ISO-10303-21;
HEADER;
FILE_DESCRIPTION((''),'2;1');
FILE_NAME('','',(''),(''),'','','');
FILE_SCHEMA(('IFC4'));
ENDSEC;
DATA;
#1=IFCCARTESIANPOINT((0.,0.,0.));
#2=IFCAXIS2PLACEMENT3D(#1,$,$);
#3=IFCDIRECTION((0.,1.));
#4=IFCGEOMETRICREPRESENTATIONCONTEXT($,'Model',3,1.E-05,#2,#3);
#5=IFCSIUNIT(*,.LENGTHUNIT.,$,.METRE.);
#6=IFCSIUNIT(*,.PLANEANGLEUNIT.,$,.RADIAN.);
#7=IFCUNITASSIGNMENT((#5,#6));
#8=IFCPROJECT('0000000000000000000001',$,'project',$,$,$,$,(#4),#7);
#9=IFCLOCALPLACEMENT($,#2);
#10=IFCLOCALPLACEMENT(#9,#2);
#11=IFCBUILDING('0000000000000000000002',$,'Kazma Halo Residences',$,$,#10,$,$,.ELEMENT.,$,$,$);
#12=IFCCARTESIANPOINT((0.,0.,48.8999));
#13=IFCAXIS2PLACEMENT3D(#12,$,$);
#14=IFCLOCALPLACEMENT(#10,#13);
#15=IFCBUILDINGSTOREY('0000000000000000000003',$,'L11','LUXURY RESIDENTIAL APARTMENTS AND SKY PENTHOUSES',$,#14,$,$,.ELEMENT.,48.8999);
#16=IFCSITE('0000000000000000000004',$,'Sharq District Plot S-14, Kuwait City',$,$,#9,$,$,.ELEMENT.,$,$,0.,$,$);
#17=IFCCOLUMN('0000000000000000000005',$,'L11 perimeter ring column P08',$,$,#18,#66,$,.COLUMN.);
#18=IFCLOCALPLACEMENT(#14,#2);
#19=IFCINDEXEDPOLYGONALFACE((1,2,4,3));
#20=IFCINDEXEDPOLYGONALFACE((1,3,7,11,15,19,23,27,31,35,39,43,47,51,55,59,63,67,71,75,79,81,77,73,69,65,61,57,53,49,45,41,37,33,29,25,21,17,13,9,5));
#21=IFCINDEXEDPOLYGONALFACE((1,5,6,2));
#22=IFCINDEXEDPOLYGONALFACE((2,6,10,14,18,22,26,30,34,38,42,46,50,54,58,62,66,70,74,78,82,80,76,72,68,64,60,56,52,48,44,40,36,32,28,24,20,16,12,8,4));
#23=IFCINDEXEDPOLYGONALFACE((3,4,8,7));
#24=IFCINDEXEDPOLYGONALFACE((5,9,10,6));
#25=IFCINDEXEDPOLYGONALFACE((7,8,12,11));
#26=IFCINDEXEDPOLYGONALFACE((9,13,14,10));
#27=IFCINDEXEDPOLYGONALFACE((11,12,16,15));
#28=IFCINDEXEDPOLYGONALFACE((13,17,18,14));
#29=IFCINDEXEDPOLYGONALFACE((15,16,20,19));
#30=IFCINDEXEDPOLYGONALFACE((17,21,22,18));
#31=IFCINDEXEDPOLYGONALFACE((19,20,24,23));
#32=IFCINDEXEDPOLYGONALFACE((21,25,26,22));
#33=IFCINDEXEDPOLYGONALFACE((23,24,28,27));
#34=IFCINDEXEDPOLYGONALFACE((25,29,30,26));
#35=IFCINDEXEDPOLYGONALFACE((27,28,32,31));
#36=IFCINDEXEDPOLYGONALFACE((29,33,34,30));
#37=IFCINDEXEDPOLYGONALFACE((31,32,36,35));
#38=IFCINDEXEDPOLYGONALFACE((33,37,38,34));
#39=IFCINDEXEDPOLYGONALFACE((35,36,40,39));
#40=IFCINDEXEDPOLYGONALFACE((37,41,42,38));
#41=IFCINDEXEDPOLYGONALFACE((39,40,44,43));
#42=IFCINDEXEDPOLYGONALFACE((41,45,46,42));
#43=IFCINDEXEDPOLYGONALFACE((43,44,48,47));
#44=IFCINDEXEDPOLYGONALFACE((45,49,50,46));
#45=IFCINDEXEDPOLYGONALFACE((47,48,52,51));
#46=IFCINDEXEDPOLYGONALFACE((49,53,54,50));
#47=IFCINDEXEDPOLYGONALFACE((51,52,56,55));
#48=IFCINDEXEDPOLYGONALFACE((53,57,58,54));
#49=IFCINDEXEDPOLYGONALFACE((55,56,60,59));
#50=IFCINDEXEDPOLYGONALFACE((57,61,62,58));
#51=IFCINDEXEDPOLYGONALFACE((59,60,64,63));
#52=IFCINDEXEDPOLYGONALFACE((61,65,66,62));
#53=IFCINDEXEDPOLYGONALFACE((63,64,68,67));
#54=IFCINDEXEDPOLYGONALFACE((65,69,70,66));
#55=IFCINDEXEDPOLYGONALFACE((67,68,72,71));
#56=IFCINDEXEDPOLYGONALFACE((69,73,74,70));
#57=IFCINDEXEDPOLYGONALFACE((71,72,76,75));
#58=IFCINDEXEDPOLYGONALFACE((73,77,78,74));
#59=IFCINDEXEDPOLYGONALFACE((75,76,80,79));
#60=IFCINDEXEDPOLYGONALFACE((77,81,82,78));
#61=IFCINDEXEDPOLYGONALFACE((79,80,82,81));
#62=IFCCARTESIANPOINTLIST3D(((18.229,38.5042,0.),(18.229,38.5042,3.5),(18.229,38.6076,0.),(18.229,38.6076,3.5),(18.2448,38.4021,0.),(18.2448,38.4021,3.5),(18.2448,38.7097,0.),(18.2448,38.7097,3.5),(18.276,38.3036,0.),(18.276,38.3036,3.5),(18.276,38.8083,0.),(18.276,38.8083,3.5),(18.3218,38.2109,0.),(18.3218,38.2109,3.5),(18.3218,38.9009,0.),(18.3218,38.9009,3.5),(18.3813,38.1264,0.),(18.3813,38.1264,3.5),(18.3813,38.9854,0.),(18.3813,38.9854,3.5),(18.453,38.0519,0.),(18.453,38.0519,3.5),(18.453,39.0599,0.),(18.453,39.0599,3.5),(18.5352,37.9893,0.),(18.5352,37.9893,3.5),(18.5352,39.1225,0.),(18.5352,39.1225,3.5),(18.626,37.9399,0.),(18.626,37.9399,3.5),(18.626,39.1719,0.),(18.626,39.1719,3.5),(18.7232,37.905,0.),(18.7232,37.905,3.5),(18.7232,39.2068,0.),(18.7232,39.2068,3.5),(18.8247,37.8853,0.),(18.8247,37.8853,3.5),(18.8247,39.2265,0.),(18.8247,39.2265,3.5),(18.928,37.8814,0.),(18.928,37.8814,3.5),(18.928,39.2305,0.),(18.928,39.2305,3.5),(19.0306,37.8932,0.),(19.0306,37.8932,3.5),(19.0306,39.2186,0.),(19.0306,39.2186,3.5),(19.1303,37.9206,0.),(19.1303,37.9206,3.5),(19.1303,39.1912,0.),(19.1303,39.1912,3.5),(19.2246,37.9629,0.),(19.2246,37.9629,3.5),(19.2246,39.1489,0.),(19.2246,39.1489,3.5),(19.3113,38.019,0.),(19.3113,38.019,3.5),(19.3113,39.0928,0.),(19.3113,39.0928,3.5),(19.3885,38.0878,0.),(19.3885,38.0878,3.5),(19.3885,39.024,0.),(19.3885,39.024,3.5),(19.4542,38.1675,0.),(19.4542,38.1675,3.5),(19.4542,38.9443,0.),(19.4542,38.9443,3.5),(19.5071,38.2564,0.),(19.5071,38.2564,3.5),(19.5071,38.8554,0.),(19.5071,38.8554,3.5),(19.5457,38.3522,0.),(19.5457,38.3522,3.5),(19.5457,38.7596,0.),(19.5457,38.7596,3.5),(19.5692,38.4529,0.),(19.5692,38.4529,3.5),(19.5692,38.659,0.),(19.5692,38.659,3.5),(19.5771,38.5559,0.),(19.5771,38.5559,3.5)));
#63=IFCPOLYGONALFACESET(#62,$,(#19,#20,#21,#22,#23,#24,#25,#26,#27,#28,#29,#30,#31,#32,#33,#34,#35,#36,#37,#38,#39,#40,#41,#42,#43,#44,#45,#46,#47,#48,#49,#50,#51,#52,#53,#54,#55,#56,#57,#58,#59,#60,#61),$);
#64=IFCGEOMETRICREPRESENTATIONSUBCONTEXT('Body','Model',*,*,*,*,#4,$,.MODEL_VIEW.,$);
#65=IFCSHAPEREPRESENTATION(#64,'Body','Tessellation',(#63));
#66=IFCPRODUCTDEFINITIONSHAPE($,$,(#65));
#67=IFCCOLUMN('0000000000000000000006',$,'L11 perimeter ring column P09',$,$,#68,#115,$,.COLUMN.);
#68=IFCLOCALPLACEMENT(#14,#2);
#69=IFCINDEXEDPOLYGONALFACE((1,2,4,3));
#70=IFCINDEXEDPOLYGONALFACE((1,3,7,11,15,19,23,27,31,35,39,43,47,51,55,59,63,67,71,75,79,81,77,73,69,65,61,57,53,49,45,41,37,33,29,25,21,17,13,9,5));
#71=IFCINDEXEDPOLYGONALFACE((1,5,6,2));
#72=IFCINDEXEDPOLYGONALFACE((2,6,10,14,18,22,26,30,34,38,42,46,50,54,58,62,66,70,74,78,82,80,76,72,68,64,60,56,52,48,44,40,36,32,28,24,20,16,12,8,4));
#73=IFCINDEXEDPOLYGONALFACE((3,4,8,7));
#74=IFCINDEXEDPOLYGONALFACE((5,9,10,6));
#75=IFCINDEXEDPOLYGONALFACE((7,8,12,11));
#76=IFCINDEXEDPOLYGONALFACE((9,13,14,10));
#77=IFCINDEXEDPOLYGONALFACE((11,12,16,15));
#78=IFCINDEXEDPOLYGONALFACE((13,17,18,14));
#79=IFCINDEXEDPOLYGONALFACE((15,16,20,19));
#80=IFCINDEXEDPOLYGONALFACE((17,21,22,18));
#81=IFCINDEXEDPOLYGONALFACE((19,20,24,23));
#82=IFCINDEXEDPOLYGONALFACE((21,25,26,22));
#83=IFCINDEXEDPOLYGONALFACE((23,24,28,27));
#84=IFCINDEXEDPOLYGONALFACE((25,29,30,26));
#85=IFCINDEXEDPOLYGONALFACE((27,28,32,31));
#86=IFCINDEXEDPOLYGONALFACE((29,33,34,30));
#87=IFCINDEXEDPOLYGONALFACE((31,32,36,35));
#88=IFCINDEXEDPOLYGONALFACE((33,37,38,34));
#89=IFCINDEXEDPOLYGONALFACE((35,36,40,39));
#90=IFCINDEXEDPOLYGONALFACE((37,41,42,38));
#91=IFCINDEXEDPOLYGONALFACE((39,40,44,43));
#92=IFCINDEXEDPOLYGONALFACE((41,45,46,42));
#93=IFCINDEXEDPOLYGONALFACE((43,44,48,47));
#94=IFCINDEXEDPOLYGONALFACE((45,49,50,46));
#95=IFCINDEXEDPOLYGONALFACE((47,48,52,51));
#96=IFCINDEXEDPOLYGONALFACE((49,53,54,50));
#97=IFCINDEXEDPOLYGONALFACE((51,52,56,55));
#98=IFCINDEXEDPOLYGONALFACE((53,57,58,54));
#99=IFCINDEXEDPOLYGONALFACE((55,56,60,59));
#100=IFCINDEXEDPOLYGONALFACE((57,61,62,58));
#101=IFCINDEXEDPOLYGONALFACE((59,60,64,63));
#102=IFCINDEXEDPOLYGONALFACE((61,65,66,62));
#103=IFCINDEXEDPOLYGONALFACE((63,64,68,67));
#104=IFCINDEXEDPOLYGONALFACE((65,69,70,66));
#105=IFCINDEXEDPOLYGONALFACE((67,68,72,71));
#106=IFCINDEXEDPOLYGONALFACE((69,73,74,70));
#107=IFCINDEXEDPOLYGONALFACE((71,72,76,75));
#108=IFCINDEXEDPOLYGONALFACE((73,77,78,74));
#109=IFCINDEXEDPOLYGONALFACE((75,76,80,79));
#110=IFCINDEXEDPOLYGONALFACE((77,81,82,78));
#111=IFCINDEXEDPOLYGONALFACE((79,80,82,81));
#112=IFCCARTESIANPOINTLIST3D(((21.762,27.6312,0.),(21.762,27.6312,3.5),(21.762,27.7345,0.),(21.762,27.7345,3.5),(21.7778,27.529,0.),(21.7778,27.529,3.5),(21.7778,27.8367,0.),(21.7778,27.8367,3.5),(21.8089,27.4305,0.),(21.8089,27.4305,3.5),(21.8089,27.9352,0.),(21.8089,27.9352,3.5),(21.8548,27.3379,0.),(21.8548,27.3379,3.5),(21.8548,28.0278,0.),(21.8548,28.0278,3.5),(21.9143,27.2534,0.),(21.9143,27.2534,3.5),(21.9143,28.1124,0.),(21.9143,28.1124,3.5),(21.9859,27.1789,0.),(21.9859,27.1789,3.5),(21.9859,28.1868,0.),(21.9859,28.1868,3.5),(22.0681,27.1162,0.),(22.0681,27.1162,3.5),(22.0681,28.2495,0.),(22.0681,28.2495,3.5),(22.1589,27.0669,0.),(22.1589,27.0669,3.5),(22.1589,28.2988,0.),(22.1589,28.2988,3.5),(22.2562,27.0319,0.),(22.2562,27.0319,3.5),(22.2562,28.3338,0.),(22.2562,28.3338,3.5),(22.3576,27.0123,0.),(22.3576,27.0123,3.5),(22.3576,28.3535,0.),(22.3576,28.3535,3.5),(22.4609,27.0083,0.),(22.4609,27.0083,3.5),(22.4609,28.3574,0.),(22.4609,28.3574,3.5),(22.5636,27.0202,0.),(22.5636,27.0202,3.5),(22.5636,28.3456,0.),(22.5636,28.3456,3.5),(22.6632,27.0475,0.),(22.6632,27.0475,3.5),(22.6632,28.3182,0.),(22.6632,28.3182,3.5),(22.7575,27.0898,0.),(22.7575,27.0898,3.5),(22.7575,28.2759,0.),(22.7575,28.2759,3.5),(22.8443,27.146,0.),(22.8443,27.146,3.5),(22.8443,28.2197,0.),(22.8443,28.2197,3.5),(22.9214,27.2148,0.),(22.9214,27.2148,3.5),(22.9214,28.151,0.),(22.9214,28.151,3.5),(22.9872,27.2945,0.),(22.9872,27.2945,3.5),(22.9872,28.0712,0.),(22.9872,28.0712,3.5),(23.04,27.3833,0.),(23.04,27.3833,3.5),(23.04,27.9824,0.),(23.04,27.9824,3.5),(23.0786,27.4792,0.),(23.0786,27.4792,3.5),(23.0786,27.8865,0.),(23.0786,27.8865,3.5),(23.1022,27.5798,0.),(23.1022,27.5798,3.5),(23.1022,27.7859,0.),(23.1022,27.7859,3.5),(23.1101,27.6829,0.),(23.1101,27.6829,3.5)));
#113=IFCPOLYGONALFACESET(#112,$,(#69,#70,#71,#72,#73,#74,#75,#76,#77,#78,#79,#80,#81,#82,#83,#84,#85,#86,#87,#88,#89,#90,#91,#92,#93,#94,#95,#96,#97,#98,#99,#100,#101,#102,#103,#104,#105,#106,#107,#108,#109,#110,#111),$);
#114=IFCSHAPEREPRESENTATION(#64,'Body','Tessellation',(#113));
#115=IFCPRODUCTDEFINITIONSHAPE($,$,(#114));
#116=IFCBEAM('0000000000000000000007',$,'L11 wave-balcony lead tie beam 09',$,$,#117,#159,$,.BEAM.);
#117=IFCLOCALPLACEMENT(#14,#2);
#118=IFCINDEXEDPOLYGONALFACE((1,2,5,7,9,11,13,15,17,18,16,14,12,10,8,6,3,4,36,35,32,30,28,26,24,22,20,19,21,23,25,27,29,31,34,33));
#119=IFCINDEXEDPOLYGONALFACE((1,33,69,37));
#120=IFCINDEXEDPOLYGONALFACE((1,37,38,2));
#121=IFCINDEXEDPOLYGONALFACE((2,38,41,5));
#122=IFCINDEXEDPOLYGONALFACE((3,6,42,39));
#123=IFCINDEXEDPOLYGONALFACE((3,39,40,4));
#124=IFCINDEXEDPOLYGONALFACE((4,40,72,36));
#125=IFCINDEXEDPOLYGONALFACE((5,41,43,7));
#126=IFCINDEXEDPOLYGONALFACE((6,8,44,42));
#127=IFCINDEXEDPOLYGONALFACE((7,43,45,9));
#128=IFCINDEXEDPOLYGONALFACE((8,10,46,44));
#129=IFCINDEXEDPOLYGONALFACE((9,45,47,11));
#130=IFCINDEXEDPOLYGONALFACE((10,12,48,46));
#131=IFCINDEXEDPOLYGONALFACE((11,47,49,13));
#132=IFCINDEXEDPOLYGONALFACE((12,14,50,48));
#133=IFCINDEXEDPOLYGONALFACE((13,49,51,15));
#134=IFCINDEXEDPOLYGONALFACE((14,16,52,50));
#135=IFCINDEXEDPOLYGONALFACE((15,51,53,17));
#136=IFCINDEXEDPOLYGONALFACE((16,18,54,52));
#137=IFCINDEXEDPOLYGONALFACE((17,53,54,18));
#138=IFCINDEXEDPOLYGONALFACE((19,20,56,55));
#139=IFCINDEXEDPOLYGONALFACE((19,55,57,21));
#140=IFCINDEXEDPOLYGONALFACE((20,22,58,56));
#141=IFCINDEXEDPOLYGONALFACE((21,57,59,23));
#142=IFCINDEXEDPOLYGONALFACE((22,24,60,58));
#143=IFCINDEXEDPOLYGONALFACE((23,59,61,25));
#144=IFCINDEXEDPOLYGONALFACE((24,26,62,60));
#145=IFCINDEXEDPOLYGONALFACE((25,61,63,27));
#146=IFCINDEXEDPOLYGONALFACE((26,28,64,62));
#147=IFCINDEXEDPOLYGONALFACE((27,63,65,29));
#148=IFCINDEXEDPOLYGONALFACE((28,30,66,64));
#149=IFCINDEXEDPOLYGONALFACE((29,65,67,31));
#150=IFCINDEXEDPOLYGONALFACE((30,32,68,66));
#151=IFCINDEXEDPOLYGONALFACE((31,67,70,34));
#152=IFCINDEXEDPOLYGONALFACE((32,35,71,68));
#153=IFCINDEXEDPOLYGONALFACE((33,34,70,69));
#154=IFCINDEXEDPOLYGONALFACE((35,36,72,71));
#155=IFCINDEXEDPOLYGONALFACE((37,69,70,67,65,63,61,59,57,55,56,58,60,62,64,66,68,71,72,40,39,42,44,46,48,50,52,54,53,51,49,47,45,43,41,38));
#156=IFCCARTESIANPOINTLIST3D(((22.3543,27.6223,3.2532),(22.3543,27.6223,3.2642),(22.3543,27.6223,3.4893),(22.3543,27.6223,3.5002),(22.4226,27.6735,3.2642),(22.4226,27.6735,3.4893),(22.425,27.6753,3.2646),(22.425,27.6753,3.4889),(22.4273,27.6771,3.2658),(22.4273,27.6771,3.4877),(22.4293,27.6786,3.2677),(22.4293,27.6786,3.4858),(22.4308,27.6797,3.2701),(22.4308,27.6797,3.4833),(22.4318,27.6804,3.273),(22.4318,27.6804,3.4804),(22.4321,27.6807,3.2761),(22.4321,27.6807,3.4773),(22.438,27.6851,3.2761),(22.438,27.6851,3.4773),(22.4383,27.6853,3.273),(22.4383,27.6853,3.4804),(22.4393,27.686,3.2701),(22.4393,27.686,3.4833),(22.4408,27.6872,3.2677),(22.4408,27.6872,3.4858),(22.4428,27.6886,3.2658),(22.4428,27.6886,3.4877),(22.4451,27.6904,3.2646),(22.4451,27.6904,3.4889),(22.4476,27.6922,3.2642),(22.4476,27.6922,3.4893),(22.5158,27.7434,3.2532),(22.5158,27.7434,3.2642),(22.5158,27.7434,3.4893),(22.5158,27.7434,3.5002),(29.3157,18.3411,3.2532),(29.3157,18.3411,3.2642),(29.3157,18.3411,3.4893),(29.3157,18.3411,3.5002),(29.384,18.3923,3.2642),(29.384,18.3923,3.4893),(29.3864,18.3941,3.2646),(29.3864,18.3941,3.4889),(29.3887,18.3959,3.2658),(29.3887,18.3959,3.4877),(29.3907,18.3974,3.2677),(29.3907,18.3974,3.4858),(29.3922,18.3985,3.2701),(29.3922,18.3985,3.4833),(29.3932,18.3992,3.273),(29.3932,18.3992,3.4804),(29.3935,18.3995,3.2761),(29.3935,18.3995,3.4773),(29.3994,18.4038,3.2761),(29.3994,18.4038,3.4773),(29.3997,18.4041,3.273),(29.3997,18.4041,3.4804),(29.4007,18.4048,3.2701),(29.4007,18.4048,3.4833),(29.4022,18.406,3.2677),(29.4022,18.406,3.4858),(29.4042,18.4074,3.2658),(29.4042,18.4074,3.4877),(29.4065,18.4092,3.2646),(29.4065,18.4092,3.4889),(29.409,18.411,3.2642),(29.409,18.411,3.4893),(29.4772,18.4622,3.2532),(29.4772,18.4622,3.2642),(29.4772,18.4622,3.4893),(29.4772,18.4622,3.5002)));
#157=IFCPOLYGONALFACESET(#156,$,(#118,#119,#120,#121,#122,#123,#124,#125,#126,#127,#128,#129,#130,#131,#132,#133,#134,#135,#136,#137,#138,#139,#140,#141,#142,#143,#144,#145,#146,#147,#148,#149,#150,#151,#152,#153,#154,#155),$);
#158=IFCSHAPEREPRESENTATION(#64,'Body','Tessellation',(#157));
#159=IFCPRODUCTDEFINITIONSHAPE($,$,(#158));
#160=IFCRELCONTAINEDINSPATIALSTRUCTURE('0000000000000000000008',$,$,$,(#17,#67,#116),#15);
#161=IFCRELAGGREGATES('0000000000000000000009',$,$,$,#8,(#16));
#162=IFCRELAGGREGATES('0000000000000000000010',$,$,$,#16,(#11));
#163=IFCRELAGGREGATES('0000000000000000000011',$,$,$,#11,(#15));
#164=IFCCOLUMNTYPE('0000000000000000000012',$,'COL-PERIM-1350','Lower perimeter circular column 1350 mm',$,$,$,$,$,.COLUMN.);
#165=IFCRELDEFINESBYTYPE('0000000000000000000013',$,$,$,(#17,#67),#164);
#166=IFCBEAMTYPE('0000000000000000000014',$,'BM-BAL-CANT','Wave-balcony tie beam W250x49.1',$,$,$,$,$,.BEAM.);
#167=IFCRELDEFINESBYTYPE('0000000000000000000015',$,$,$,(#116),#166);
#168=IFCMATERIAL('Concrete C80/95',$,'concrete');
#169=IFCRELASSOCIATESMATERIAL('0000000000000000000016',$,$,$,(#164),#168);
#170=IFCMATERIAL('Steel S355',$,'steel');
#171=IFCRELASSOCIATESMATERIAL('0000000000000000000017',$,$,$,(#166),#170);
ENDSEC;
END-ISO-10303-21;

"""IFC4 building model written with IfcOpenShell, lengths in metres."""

from ifc_helpers import new_model, si_unit, direction, frame, origin, origin_2d, place, context, subcontext, project, spatial, circle, i_section, extrude, material, material_profile, profile_set, type_object, element, save


model = new_model("IFC4")

# Units and contexts
model_context = context("Model", 3, precision=1e-05, world=origin(), true_north=direction((0.0, 1.0)))
body_context = subcontext(model_context, "Body", "Model", "MODEL_VIEW")
ifc_project = project(units=[si_unit("LENGTHUNIT", "METRE"), si_unit("PLANEANGLEUNIT", "RADIAN")], contexts=[model_context])

# Site, building, storey
site_placement = place(None, origin())
site = spatial("IfcSite", under=ifc_project, at=site_placement, Name="Sharq District Plot S-14, Kuwait City", CompositionType="ELEMENT", RefElevation=0.0)
building_placement = place(site_placement, origin())
building = spatial("IfcBuilding", under=site, at=building_placement, Name="Kazma Halo Residences", CompositionType="ELEMENT")
storey_placement = place(building_placement, frame((0.0, 0.0, 48.8999)))
storey = spatial("IfcBuildingStorey", under=building, at=storey_placement, Name="L11", Description="LUXURY RESIDENTIAL APARTMENTS AND SKY PENTHOUSES", CompositionType="ELEMENT", Elevation=48.8999)

# Columns
ifc_material_1 = material(Name="Concrete C80/95", Category="concrete")
ifc_material_profile_1 = material_profile(ifc_material_1, circle(Radius=0.675, at=origin_2d()), Name="CIRC1350")
ifc_profile_set_1 = profile_set([ifc_material_profile_1], Name="Concrete C80/95")
column_type = type_object("IfcColumnType", Name="COL-PERIM-1350", Description="Lower perimeter circular column 1350 mm", PredefinedType="COLUMN", material=ifc_profile_set_1)
for number, where, z_axis, x_axis, name in (
    (1, (18.9021, 38.5559, 0.0), (0.0, 0.0, 1.0), (1.0, 0.0, 0.0), "L11 perimeter ring column P08"),
    (2, (22.4351, 27.6829, 0.0), (0.0, 0.0, 1.0), (1.0, 0.0, 0.0), "L11 perimeter ring column P09"),
):
    element("IfcColumn", number, at=place(storey_placement, frame(where, z_axis=z_axis, x_axis=x_axis)), inside=storey, type_object=column_type, Name=name, PredefinedType="COLUMN", context=body_context, shape_type="SweptSolid", body=[
        extrude(circle(Radius=0.675, at=origin_2d()), origin(), (0.0, 0.0, 1.0), 3.5),
    ])

# Beam
ifc_material_2 = material(Name="Steel S355", Category="steel")
ifc_material_profile_2 = material_profile(ifc_material_2, i_section(OverallWidth=0.2019, OverallDepth=0.2471, WebThickness=0.0073, FlangeThickness=0.011, FilletRadius=0.012, at=origin_2d()), Name="W250x49.1")
ifc_profile_set_2 = profile_set([ifc_material_profile_2], Name="Steel S355")
beam_type_1 = type_object("IfcBeamType", Name="BM-BAL-CANT", Description="Wave-balcony tie beam W250x49.1", PredefinedType="BEAM", material=ifc_profile_set_2)
beam_1_placement = place(storey_placement, frame((22.4351, 27.6829, 3.3767), z_axis=(0.600027, -0.79998, 0.0), x_axis=(0.79998, 0.600027, 0.0)))
element("IfcBeam", 3, at=beam_1_placement, inside=storey, type_object=beam_type_1, Name="L11 wave-balcony lead tie beam 09", PredefinedType="BEAM", context=body_context, shape_type="SweptSolid", body=[
    extrude(i_section(OverallWidth=0.2019, OverallDepth=0.2471, WebThickness=0.0073, FlangeThickness=0.011, FilletRadius=0.012, at=origin_2d()), origin(), (0.0, 0.0, 1.0), 11.6018),
])

save(model, "model.ifc")
